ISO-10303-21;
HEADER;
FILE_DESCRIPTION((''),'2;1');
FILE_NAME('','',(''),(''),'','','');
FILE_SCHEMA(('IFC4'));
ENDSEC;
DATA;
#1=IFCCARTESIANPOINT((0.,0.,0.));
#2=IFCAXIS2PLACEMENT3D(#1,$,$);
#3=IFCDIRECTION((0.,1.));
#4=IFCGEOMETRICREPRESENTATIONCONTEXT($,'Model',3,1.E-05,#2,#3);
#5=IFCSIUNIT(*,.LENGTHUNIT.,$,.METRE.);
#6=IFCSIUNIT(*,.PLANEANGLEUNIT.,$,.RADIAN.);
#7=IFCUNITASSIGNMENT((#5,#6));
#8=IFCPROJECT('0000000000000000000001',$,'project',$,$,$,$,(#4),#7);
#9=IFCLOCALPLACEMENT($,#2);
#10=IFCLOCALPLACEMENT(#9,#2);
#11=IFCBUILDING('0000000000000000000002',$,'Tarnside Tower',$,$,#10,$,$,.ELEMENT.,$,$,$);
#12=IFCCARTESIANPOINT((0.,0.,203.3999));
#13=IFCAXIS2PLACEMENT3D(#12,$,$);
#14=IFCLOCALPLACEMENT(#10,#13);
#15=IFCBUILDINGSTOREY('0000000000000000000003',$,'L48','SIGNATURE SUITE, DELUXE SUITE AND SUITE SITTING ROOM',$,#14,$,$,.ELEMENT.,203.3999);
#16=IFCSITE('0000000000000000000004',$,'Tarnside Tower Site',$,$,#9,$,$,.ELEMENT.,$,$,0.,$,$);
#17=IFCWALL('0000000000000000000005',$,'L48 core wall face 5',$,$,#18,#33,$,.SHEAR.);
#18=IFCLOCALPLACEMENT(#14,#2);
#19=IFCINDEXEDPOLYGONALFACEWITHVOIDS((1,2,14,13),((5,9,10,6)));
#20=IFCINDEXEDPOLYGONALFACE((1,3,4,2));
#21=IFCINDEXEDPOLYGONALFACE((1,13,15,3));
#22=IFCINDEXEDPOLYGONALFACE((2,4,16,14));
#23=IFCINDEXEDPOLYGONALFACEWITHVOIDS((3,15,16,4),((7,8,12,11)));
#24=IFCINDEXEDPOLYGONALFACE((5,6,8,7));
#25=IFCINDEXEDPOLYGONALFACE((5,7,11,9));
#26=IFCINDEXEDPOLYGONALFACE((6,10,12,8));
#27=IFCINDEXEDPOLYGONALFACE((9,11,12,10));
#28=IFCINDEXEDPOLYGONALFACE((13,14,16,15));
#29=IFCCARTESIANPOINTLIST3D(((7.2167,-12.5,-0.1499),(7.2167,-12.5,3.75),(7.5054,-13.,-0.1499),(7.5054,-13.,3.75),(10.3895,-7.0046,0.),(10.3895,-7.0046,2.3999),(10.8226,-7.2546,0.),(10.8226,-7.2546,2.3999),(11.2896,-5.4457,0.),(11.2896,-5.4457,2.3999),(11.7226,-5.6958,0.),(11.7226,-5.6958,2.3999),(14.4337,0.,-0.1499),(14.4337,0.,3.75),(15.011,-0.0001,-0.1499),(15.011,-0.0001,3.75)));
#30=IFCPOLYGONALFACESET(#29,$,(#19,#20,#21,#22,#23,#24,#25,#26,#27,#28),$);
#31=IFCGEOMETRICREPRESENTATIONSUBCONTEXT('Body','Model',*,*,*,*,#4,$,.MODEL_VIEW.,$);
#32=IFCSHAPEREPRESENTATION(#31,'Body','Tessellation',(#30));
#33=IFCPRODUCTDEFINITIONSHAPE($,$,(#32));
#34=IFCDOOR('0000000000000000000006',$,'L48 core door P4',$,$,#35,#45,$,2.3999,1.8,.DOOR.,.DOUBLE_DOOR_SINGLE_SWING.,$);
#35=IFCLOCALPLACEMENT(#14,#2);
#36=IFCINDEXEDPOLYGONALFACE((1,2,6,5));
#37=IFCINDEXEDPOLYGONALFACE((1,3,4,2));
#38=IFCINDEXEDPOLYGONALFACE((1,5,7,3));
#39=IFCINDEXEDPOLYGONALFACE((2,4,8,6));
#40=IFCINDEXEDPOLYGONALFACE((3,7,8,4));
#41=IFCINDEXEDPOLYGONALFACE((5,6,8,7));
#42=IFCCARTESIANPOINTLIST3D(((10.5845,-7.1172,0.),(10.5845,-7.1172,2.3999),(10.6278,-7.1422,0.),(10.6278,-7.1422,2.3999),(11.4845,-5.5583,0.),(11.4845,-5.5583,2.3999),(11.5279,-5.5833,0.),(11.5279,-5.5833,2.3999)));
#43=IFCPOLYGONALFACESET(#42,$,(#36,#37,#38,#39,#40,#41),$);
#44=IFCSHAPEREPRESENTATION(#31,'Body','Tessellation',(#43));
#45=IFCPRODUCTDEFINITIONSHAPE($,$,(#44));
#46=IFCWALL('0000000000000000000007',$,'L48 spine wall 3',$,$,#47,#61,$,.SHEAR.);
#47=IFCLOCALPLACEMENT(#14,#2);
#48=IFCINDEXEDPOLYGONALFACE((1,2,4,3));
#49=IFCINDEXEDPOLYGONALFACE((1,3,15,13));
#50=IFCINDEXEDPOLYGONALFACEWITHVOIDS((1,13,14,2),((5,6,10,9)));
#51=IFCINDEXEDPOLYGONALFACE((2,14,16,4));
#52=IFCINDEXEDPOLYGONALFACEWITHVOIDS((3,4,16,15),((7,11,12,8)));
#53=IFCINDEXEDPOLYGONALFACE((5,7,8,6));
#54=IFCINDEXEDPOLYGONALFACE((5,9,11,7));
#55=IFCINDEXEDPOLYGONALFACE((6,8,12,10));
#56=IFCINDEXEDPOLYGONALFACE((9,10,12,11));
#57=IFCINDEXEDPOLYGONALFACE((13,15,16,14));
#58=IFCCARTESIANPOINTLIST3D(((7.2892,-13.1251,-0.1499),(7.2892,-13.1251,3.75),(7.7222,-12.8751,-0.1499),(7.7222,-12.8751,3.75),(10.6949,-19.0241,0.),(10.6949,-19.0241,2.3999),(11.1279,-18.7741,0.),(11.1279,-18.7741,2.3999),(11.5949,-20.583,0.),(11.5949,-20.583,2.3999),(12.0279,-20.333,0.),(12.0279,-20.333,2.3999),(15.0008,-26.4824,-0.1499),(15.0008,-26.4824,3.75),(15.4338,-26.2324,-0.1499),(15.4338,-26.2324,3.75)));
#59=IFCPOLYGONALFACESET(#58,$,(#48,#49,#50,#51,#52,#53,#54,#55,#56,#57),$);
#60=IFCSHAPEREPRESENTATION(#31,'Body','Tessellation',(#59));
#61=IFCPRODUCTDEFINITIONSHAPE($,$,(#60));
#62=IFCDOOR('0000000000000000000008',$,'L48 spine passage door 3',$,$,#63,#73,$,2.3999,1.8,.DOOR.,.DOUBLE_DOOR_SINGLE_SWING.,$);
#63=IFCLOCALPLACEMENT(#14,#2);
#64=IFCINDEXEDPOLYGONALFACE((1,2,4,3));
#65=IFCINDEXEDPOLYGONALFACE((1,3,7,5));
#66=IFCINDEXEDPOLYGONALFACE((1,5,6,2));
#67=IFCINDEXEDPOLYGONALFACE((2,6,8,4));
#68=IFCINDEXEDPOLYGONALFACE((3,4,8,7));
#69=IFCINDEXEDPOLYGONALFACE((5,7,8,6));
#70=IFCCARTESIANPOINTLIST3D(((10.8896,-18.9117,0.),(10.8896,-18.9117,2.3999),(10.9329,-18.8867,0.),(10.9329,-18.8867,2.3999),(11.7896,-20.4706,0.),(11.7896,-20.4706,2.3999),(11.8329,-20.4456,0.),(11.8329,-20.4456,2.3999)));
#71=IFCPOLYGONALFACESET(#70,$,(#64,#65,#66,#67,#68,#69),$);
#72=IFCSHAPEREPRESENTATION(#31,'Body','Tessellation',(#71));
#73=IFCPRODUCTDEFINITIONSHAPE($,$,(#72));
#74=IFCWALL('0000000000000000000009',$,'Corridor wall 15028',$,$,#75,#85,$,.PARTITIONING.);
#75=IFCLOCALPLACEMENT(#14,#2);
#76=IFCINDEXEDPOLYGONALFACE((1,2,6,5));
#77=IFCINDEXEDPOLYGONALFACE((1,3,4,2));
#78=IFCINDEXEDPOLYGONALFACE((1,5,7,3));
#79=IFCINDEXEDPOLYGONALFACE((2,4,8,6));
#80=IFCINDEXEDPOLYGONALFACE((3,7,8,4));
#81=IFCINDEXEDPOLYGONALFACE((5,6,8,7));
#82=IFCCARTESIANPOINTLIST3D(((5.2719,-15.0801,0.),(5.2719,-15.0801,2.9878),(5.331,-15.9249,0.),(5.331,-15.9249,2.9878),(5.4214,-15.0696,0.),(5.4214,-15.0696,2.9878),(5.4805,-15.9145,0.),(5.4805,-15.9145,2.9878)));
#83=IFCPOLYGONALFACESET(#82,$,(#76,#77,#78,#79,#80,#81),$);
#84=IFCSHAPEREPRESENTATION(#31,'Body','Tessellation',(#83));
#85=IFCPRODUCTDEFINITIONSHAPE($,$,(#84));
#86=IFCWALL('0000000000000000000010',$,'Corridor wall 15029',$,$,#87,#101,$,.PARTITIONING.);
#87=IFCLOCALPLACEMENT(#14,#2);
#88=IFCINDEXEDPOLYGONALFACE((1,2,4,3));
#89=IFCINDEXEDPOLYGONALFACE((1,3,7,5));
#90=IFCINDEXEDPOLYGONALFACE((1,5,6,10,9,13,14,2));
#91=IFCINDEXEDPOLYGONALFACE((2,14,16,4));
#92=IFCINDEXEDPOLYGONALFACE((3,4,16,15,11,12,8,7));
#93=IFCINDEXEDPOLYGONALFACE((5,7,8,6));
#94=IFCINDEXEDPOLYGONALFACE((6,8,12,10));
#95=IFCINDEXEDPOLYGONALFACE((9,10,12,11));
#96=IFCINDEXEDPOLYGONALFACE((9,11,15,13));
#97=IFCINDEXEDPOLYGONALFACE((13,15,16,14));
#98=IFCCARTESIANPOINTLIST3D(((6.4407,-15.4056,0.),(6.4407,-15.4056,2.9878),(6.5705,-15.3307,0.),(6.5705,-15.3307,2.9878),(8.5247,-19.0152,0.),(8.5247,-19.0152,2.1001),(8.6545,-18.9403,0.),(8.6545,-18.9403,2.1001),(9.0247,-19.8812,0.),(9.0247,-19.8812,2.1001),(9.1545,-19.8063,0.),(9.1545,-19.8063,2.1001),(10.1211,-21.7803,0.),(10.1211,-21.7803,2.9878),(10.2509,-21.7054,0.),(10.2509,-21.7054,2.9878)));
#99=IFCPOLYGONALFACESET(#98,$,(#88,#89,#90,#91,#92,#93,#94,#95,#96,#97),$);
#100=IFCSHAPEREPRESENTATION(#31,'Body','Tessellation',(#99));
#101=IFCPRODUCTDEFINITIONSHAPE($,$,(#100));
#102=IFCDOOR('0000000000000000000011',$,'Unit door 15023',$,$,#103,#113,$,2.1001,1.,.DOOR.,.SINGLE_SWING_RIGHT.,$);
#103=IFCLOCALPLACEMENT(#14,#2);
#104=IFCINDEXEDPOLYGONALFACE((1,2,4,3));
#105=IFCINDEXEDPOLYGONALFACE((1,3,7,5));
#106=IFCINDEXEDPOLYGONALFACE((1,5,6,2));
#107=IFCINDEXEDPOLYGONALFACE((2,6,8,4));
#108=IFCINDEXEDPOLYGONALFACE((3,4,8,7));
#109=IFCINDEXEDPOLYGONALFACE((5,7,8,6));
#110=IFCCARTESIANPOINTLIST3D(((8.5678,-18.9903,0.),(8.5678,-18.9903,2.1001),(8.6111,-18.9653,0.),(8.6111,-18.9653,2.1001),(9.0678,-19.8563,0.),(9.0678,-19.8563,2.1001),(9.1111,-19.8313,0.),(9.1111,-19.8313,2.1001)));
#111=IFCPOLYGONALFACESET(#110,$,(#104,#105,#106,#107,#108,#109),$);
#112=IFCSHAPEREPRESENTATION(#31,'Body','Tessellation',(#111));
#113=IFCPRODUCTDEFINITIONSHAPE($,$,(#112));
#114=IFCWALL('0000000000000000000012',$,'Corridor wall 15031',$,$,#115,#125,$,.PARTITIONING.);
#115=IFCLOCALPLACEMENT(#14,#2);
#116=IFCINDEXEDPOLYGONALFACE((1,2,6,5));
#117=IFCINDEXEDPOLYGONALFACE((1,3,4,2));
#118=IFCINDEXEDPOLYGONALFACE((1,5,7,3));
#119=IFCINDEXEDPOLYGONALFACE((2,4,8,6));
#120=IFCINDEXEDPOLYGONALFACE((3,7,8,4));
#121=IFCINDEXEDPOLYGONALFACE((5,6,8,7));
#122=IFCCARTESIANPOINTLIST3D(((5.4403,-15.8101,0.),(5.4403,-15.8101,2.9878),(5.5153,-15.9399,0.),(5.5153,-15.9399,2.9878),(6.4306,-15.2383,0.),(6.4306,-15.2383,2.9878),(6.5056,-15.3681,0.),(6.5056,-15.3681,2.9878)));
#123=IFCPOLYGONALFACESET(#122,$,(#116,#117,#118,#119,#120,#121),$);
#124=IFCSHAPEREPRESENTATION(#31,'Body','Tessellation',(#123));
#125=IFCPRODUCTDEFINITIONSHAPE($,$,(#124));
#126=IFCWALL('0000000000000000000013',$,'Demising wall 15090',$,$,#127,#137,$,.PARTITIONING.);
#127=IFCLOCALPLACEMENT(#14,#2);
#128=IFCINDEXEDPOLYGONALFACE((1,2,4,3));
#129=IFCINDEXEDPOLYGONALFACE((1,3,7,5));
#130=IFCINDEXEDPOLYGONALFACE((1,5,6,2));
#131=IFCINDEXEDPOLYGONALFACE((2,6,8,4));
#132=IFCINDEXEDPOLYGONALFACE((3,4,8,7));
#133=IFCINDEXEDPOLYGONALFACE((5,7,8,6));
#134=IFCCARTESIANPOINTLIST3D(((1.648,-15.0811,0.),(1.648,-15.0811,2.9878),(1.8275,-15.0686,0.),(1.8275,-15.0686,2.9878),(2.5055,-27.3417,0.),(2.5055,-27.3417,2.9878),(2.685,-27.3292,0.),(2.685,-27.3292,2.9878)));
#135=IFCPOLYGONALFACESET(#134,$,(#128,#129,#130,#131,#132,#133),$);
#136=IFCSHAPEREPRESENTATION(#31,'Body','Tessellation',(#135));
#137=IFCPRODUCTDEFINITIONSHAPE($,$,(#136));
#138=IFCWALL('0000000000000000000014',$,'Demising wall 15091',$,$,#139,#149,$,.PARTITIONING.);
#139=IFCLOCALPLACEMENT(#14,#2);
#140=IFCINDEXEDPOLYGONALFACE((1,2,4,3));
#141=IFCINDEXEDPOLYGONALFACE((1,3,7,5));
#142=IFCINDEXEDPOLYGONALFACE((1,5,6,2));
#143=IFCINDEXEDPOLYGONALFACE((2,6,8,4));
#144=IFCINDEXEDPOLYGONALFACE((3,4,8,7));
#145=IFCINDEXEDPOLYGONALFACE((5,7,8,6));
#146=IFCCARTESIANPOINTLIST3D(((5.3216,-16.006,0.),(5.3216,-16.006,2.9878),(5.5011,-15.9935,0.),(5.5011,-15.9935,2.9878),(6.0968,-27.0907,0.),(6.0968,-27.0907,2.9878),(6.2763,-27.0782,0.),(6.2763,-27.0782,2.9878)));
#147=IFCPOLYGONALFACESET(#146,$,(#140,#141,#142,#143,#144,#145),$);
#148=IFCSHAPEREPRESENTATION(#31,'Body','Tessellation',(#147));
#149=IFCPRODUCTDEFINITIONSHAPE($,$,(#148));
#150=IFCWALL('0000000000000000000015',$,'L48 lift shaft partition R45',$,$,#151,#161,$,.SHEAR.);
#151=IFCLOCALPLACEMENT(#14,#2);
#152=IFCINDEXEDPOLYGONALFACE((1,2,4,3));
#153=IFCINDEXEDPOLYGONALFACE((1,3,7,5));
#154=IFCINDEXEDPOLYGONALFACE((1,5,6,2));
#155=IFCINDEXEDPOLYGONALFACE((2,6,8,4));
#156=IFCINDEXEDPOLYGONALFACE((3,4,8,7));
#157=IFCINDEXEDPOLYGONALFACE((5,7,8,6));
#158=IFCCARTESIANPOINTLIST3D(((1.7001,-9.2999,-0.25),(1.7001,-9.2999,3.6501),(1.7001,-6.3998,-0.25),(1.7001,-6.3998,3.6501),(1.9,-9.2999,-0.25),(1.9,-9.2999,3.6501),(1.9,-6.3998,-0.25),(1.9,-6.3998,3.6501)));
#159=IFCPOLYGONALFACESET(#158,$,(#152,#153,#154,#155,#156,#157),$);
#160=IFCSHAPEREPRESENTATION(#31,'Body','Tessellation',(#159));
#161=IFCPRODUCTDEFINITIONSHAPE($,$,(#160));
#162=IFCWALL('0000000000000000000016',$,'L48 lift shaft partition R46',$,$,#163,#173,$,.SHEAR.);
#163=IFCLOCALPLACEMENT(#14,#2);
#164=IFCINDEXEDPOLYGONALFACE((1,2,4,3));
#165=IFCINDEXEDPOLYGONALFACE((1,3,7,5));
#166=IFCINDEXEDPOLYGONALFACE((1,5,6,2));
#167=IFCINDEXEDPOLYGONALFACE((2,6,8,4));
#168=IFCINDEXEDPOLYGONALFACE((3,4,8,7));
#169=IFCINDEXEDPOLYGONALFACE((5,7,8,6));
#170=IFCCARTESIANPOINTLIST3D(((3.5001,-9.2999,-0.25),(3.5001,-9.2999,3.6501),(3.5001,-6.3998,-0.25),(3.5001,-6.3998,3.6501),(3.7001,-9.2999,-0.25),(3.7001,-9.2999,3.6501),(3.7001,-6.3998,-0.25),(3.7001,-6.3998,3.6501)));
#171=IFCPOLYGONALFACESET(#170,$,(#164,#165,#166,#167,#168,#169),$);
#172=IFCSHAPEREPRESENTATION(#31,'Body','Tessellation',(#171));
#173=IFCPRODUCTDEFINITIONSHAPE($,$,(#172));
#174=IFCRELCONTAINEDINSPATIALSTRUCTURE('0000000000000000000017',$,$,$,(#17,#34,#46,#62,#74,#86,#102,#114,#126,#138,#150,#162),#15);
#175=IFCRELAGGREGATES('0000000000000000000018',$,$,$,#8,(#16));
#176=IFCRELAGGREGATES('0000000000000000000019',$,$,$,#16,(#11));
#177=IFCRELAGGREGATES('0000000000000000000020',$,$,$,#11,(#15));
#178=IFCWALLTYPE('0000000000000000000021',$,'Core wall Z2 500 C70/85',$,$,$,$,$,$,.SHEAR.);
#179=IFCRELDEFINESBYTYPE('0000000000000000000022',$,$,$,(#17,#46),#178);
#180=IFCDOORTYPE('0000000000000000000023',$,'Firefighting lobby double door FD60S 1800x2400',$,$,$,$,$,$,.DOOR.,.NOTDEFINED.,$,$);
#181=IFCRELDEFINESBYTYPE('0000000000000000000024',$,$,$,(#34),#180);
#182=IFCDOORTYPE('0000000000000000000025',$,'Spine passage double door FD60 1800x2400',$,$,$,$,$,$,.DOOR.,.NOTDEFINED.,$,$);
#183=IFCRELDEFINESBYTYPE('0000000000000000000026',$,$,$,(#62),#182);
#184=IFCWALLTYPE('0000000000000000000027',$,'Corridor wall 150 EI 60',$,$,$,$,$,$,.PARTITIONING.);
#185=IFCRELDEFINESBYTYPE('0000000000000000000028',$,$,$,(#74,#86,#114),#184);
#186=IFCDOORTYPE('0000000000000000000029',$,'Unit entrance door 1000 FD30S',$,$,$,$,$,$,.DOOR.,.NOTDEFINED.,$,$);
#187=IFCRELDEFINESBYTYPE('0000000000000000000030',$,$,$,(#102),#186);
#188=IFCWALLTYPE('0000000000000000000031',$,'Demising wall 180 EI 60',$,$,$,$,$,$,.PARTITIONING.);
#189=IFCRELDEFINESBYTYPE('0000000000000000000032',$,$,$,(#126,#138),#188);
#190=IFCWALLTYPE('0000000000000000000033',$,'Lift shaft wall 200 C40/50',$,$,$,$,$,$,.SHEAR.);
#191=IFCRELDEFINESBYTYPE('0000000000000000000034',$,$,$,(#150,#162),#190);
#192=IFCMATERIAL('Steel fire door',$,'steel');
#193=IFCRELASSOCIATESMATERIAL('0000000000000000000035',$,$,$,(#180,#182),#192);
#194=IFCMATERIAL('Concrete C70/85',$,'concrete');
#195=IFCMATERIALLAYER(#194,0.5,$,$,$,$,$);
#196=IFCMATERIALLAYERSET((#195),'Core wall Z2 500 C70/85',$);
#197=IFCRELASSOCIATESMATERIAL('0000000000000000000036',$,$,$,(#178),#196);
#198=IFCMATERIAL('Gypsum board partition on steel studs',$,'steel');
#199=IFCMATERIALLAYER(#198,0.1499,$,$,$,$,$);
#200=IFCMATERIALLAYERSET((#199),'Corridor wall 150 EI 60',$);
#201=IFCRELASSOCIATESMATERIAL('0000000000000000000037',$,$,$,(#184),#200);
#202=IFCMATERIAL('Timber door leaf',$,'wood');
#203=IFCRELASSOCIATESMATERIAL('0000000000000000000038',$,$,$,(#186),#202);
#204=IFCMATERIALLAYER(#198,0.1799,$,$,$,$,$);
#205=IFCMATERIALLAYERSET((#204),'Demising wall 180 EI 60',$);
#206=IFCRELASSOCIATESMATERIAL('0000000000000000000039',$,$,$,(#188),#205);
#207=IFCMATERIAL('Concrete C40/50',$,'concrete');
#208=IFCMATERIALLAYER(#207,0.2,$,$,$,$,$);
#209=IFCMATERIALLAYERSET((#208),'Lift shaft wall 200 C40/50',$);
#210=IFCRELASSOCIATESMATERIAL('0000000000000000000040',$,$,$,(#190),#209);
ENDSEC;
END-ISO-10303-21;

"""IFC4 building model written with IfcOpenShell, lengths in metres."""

from ifc_helpers import new_model, si_unit, direction, frame, frame_2d, origin, place, context, subcontext, project, spatial, polyline, rectangle, outline, extrude, material, layer, layer_set, type_object, element, fill, save


model = new_model("IFC4")

# Units and contexts
model_context = context("Model", 3, precision=1e-05, world=origin(), true_north=direction((0.0, 1.0)))
body_context = subcontext(model_context, "Body", "Model", "MODEL_VIEW")
ifc_project = project(units=[si_unit("LENGTHUNIT", "METRE"), si_unit("PLANEANGLEUNIT", "RADIAN")], contexts=[model_context])

# Site, building, storey
site_placement = place(None, origin())
site = spatial("IfcSite", under=ifc_project, at=site_placement, Name="Tarnside Tower Site", CompositionType="ELEMENT", RefElevation=0.0)
building_placement = place(site_placement, origin())
building = spatial("IfcBuilding", under=site, at=building_placement, Name="Tarnside Tower", CompositionType="ELEMENT")
storey_placement = place(building_placement, frame((0.0, 0.0, 203.3999)))
storey = spatial("IfcBuildingStorey", under=building, at=storey_placement, Name="L48", Description="SIGNATURE SUITE, DELUXE SUITE AND SUITE SITTING ROOM", CompositionType="ELEMENT", Elevation=203.3999)

# Walls, openings, doors
ifc_material_1 = material(Name="Gypsum board partition on steel studs", Category="steel")
ifc_material_2 = material(Name="Timber door leaf", Category="wood")
ifc_material_3 = material(Name="Steel fire door", Category="steel")
door_type_1 = type_object("IfcDoorType", Name="Firefighting lobby double door FD60S 1800x2400", OperationType="NOTDEFINED", PredefinedType="DOOR", material=ifc_material_3)
ifc_material_4 = material(Name="Concrete C70/85", Category="concrete")
ifc_layer_1 = layer(ifc_material_4, 0.5)
ifc_layer_set_1 = layer_set([ifc_layer_1], Name="Core wall Z2 500 C70/85")
wall_type_1 = type_object("IfcWallType", Name="Core wall Z2 500 C70/85", PredefinedType="SHEAR", material=ifc_layer_set_1)
wall_1_placement = place(storey_placement, frame((7.3611, -12.75, -0.1499), z_axis=(0.0, 0.0, 1.0), x_axis=(0.500006, 0.866022, 0.0)))
wall_1 = element("IfcWall", 1, at=wall_1_placement, inside=storey, type_object=wall_type_1, Name="L48 core wall face 5", PredefinedType="SHEAR", context=body_context, shape_type="SweptSolid", body=[
    extrude(outline(polyline([(-0.1443, -0.25), (14.8667, -0.25), (14.5781, 0.25), (0.1443, 0.25), (-0.1443, -0.25)])), origin(), (0.0, 0.0, 1.0), 3.8999),
])
opening_1_placement = place(wall_1_placement, frame((6.49, 0.0, 0.1499)))
opening_1 = element("IfcOpeningElement", 2, at=opening_1_placement, cuts=wall_1, PredefinedType="OPENING", context=body_context, shape_type="SweptSolid", body=[
    extrude(rectangle(XDim=1.8, YDim=2.3999, at=frame_2d((0.8999, 1.2))), frame((0.0, 0.26, 0.0), z_axis=(0.0, -1.0, 0.0), x_axis=(1.0, 0.0, 0.0)), (0.0, 0.0, 1.0), 0.52),
])
door_1_placement = place(opening_1_placement, origin())
door_1 = element("IfcDoor", 3, at=door_1_placement, inside=storey, type_object=door_type_1, Name="L48 core door P4", OperationType="DOUBLE_DOOR_SINGLE_SWING", OverallHeight=2.3999, OverallWidth=1.8, PredefinedType="DOOR", context=body_context, shape_type="SweptSolid", body=[
    extrude(rectangle(XDim=1.8, YDim=2.3999, at=frame_2d((0.8999, 1.2))), frame((0.0, 0.0249, 0.0), z_axis=(0.0, -1.0, 0.0), x_axis=(1.0, 0.0, 0.0)), (0.0, 0.0, 1.0), 0.05),
])
fill(opening_1, door_1)
wall_2_placement = place(storey_placement, frame((7.5056, -13.0, -0.1499), z_axis=(0.0, 0.0, 1.0), x_axis=(0.499988, -0.866032, 0.0)))
wall_2 = element("IfcWall", 4, at=wall_2_placement, inside=storey, type_object=wall_type_1, Name="L48 spine wall 3", PredefinedType="SHEAR", context=body_context, shape_type="SweptSolid", body=[
    extrude(rectangle(XDim=15.4236, YDim=0.5, at=frame_2d((7.7119, 0.0))), origin(), (0.0, 0.0, 1.0), 3.8999),
])
opening_2_placement = place(wall_2_placement, frame((6.8118, 0.0, 0.1499)))
opening_2 = element("IfcOpeningElement", 5, at=opening_2_placement, cuts=wall_2, PredefinedType="OPENING", context=body_context, shape_type="SweptSolid", body=[
    extrude(rectangle(XDim=1.8, YDim=2.3999, at=frame_2d((0.8999, 1.2))), frame((0.0, 0.26, 0.0), z_axis=(0.0, -1.0, 0.0), x_axis=(1.0, 0.0, 0.0)), (0.0, 0.0, 1.0), 0.52),
])
door_type_2 = type_object("IfcDoorType", Name="Spine passage double door FD60 1800x2400", OperationType="NOTDEFINED", PredefinedType="DOOR", material=ifc_material_3)
door_2_placement = place(opening_2_placement, origin())
door_2 = element("IfcDoor", 6, at=door_2_placement, inside=storey, type_object=door_type_2, Name="L48 spine passage door 3", OperationType="DOUBLE_DOOR_SINGLE_SWING", OverallHeight=2.3999, OverallWidth=1.8, PredefinedType="DOOR", context=body_context, shape_type="SweptSolid", body=[
    extrude(rectangle(XDim=1.8, YDim=2.3999, at=frame_2d((0.8999, 1.2))), frame((0.0, 0.0249, 0.0), z_axis=(0.0, -1.0, 0.0), x_axis=(1.0, 0.0, 0.0)), (0.0, 0.0, 1.0), 0.05),
])
fill(opening_2, door_2)

# Wall
ifc_layer_2 = layer(ifc_material_1, 0.1499)
ifc_layer_set_2 = layer_set([ifc_layer_2], Name="Corridor wall 150 EI 60")
wall_type_2 = type_object("IfcWallType", Name="Corridor wall 150 EI 60", PredefinedType="PARTITIONING", material=ifc_layer_set_2)
wall_3_placement = place(storey_placement, frame((5.3467, -15.075, 0.0), z_axis=(0.0, 0.0, 1.0), x_axis=(0.069752, -0.997564, 0.0)))
element("IfcWall", 7, at=wall_3_placement, inside=storey, type_object=wall_type_2, Name="Corridor wall 15028", PredefinedType="PARTITIONING", context=body_context, shape_type="SweptSolid", body=[
    extrude(rectangle(XDim=0.8469, YDim=0.1499, at=frame_2d((0.4233, 0.0))), origin(), (0.0, 0.0, 1.0), 2.9878),
])

# Wall, opening, door
wall_4_placement = place(storey_placement, frame((6.5056, -15.3682, 0.0), z_axis=(0.0, 0.0, 1.0), x_axis=(0.499995, -0.866028, 0.0)))
wall_4 = element("IfcWall", 8, at=wall_4_placement, inside=storey, type_object=wall_type_2, Name="Corridor wall 15029", PredefinedType="PARTITIONING", context=body_context, shape_type="SweptSolid", body=[
    extrude(rectangle(XDim=7.3608, YDim=0.1499, at=frame_2d((3.6804, 0.0))), origin(), (0.0, 0.0, 1.0), 2.9878),
])
opening_3_placement = place(wall_4_placement, frame((4.168, 0.0, 0.0)))
opening_3 = element("IfcOpeningElement", 9, at=opening_3_placement, cuts=wall_4, PredefinedType="OPENING", context=body_context, shape_type="SweptSolid", body=[
    extrude(rectangle(XDim=1.0, YDim=2.1001, at=frame_2d((0.5, 1.05))), frame((0.0, 0.085, 0.0), z_axis=(0.0, -1.0, 0.0), x_axis=(1.0, 0.0, 0.0)), (0.0, 0.0, 1.0), 0.1699),
])
door_type_3 = type_object("IfcDoorType", Name="Unit entrance door 1000 FD30S", OperationType="NOTDEFINED", PredefinedType="DOOR", material=ifc_material_2)
door_3_placement = place(opening_3_placement, origin())
door_3 = element("IfcDoor", 10, at=door_3_placement, inside=storey, type_object=door_type_3, Name="Unit door 15023", OperationType="SINGLE_SWING_RIGHT", OverallHeight=2.1001, OverallWidth=1.0, PredefinedType="DOOR", context=body_context, shape_type="SweptSolid", body=[
    extrude(rectangle(XDim=1.0, YDim=2.1001, at=frame_2d((0.5, 1.05))), frame((0.0, 0.0249, 0.0), z_axis=(0.0, -1.0, 0.0), x_axis=(1.0, 0.0, 0.0)), (0.0, 0.0, 1.0), 0.05),
])
fill(opening_3, door_3)

# Walls
wall_5_placement = place(storey_placement, frame((5.4778, -15.875, 0.0), z_axis=(0.0, 0.0, 1.0), x_axis=(0.866001, 0.500043, 0.0)))
element("IfcWall", 11, at=wall_5_placement, inside=storey, type_object=wall_type_2, Name="Corridor wall 15031", PredefinedType="PARTITIONING", context=body_context, shape_type="SweptSolid", body=[
    extrude(rectangle(XDim=1.1436, YDim=0.1499, at=frame_2d((0.5718, 0.0))), origin(), (0.0, 0.0, 1.0), 2.9878),
])
ifc_layer_3 = layer(ifc_material_1, 0.1799)
ifc_layer_set_3 = layer_set([ifc_layer_3], Name="Demising wall 180 EI 60")
wall_type_3 = type_object("IfcWallType", Name="Demising wall 180 EI 60", PredefinedType="PARTITIONING", material=ifc_layer_set_3)
wall_6_placement = place(storey_placement, frame((2.5952, -27.3354, 0.0), z_axis=(0.0, 0.0, 1.0), x_axis=(-0.069763, 0.997564, 0.0)))
element("IfcWall", 12, at=wall_6_placement, inside=storey, type_object=wall_type_3, Name="Demising wall 15090", PredefinedType="PARTITIONING", context=body_context, shape_type="SweptSolid", body=[
    extrude(rectangle(XDim=12.2905, YDim=0.1799, at=frame_2d((6.1453, 0.0))), origin(), (0.0, 0.0, 1.0), 2.9878),
])
wall_7_placement = place(storey_placement, frame((6.1865, -27.0845, 0.0), z_axis=(0.0, 0.0, 1.0), x_axis=(-0.069759, 0.997564, 0.0)))
element("IfcWall", 13, at=wall_7_placement, inside=storey, type_object=wall_type_3, Name="Demising wall 15091", PredefinedType="PARTITIONING", context=body_context, shape_type="SweptSolid", body=[
    extrude(rectangle(XDim=11.1118, YDim=0.1799, at=frame_2d((5.5559, 0.0))), origin(), (0.0, 0.0, 1.0), 2.9878),
])
ifc_material_5 = material(Name="Concrete C40/50", Category="concrete")
ifc_layer_4 = layer(ifc_material_5, 0.2)
ifc_layer_set_4 = layer_set([ifc_layer_4], Name="Lift shaft wall 200 C40/50")
wall_type_4 = type_object("IfcWallType", Name="Lift shaft wall 200 C40/50", PredefinedType="SHEAR", material=ifc_layer_set_4)
for number, where, z_axis, x_axis, name in (
    (14, (1.8, -9.3, -0.25), (0.0, 0.0, 1.0), (0.0, 1.0, 0.0), "L48 lift shaft partition R45"),
    (15, (3.6001, -9.3, -0.25), (0.0, 0.0, 1.0), (0.0, 1.0, 0.0), "L48 lift shaft partition R46"),
):
    element("IfcWall", number, at=place(storey_placement, frame(where, z_axis=z_axis, x_axis=x_axis)), inside=storey, type_object=wall_type_4, Name=name, PredefinedType="SHEAR", context=body_context, shape_type="SweptSolid", body=[
        extrude(rectangle(XDim=2.9001, YDim=0.2, at=frame_2d((1.4502, 0.0))), origin(), (0.0, 0.0, 1.0), 3.9001),
    ])

save(model, "model.ifc")
